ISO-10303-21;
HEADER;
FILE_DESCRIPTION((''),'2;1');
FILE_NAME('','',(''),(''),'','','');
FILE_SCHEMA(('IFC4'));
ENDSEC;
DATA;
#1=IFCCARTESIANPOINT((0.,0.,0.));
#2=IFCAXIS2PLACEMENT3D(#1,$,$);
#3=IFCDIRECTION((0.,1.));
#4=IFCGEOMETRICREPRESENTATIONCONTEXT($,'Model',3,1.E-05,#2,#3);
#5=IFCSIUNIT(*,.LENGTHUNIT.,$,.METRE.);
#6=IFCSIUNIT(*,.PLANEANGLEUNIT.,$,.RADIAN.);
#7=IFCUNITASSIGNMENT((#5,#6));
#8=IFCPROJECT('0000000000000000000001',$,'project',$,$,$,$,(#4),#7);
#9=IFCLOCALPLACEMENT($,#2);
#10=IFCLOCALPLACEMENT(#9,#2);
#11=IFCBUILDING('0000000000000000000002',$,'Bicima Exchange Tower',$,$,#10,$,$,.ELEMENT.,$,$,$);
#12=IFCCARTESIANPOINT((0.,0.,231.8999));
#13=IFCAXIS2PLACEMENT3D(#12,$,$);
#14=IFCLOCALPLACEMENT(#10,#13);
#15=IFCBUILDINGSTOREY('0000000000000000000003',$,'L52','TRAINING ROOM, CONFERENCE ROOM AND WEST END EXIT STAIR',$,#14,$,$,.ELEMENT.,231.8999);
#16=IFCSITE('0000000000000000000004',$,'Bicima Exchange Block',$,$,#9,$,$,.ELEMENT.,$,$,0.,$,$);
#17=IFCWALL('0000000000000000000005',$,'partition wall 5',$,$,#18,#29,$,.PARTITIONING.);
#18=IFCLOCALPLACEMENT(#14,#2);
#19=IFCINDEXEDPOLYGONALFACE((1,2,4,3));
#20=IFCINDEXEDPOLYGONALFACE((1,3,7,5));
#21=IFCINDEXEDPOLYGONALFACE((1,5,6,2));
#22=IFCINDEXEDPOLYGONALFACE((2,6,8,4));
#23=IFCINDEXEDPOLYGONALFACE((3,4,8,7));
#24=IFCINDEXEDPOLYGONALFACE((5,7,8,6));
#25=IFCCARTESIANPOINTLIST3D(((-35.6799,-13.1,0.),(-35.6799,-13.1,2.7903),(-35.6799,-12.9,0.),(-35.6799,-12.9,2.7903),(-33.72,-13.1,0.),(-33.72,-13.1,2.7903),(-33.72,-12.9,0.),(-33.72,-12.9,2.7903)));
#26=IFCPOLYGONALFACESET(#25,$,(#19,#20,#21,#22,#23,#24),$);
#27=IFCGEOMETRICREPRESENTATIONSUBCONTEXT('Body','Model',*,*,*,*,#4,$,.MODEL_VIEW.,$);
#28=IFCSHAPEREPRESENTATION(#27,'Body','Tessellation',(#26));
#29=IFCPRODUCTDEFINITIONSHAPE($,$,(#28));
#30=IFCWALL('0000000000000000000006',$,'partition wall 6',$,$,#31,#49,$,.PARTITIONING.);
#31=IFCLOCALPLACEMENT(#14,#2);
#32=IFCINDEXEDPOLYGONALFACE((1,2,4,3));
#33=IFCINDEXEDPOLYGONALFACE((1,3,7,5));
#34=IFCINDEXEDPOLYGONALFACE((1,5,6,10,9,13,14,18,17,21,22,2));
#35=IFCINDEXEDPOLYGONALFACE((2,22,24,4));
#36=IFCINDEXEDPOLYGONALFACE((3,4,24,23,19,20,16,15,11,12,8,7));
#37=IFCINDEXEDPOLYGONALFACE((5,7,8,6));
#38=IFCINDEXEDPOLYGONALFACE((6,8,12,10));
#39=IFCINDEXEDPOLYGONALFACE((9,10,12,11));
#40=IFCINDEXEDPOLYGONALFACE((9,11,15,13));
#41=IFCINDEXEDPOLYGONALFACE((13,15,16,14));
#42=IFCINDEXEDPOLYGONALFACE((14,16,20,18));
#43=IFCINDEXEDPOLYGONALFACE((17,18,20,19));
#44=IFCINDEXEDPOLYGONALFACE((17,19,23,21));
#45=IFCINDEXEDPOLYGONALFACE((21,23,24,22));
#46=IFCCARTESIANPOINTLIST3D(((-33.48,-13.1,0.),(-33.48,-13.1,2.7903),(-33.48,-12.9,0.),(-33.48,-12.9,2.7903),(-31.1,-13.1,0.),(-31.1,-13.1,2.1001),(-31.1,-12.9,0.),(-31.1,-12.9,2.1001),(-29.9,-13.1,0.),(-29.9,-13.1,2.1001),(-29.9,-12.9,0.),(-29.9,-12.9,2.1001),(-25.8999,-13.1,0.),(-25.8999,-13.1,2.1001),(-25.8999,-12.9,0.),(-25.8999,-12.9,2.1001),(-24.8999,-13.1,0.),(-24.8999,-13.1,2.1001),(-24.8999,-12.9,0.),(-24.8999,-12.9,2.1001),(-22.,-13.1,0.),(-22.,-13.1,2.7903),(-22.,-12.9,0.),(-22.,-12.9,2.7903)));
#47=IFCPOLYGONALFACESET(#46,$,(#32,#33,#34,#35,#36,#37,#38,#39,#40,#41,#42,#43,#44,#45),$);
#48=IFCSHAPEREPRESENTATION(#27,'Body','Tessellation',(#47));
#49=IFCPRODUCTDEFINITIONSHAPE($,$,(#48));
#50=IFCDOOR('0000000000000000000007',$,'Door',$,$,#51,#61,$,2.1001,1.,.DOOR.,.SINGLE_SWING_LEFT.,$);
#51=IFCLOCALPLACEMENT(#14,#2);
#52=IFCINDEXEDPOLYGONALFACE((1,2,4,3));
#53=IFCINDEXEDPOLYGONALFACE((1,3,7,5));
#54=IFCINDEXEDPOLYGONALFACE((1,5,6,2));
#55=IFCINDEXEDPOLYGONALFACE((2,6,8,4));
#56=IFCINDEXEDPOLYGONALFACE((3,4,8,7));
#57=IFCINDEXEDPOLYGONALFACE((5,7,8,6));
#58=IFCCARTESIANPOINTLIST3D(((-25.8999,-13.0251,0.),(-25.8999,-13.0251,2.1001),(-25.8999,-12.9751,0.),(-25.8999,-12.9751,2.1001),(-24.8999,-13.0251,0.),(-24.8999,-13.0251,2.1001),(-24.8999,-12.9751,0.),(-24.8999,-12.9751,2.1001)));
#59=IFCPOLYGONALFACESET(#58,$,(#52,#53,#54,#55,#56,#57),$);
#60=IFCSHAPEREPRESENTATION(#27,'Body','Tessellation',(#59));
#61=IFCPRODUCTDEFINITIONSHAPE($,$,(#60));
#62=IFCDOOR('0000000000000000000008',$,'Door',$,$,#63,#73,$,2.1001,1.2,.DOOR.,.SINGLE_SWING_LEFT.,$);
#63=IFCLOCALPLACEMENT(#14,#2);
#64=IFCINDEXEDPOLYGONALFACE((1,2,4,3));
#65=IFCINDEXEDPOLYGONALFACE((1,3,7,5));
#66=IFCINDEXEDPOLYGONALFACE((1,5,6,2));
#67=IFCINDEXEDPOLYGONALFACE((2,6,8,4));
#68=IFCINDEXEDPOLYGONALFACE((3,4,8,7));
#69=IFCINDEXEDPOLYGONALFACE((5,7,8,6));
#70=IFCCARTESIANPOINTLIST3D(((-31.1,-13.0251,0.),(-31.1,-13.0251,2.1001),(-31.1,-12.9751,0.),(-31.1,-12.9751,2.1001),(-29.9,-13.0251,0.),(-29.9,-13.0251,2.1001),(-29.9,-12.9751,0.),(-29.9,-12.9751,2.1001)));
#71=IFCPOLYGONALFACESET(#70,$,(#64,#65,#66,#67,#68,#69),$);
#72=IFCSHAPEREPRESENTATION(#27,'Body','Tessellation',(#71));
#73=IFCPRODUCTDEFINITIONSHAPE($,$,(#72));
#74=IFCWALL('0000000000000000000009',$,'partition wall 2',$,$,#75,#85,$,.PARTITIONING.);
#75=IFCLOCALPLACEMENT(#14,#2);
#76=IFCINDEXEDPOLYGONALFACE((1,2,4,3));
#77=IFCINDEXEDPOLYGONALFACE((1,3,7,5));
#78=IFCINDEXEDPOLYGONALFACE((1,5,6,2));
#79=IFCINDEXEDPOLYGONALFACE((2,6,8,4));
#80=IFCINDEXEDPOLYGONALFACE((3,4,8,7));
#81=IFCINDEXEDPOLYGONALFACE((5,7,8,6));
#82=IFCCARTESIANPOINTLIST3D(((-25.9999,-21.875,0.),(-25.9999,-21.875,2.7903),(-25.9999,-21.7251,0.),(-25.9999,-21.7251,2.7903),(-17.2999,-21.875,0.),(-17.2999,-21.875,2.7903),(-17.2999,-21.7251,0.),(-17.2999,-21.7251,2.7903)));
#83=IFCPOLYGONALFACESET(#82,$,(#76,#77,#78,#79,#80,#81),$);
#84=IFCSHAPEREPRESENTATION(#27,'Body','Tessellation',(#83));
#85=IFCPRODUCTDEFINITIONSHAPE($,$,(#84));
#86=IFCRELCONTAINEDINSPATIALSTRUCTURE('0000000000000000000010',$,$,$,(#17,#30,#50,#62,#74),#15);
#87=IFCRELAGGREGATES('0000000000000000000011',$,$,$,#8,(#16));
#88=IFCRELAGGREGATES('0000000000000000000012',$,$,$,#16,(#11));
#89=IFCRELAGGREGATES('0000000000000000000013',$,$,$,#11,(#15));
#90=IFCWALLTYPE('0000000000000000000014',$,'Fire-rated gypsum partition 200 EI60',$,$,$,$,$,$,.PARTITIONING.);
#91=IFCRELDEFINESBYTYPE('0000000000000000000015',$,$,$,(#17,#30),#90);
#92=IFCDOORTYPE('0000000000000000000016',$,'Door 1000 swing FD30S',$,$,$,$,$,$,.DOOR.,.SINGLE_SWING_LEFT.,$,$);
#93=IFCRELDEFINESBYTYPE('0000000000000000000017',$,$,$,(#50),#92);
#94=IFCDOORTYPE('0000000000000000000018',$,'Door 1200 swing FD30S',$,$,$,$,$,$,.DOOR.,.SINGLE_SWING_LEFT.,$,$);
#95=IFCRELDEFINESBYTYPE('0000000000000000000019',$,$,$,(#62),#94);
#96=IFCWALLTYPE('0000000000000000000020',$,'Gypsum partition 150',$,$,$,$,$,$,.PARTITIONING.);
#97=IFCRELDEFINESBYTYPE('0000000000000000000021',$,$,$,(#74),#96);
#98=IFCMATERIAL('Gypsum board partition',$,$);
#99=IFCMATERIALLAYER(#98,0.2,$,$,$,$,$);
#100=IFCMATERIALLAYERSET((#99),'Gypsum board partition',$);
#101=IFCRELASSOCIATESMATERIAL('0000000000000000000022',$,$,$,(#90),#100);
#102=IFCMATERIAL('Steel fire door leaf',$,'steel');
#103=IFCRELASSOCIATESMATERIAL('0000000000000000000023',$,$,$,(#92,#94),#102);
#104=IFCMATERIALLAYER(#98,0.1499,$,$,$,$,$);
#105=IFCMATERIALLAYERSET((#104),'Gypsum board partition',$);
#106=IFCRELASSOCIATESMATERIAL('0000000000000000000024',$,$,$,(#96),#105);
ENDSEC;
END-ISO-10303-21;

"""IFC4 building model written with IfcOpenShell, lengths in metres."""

from ifc_helpers import new_model, si_unit, direction, frame, frame_2d, origin, place, context, subcontext, project, spatial, rectangle, extrude, material, layer, layer_set, type_object, element, fill, save


model = new_model("IFC4")

# Units and contexts
model_context = context("Model", 3, precision=1e-05, world=origin(), true_north=direction((0.0, 1.0)))
body_context = subcontext(model_context, "Body", "Model", "MODEL_VIEW")
ifc_project = project(units=[si_unit("LENGTHUNIT", "METRE"), si_unit("PLANEANGLEUNIT", "RADIAN")], contexts=[model_context])

# Site, building, storey
site_placement = place(None, origin())
site = spatial("IfcSite", under=ifc_project, at=site_placement, Name="Bicima Exchange Block", CompositionType="ELEMENT", RefElevation=0.0)
building_placement = place(site_placement, origin())
building = spatial("IfcBuilding", under=site, at=building_placement, Name="Bicima Exchange Tower", CompositionType="ELEMENT")
storey_placement = place(building_placement, frame((0.0, 0.0, 231.8999)))
storey = spatial("IfcBuildingStorey", under=building, at=storey_placement, Name="L52", Description="TRAINING ROOM, CONFERENCE ROOM AND WEST END EXIT STAIR", CompositionType="ELEMENT", Elevation=231.8999)

# Shared definitions
ifc_material_1 = material(Name="Gypsum board partition")
ifc_layer_1 = layer(ifc_material_1, 0.2)
ifc_layer_set_1 = layer_set([ifc_layer_1], Name="Gypsum board partition")
wall_type_1 = type_object("IfcWallType", Name="Fire-rated gypsum partition 200 EI60", PredefinedType="PARTITIONING", material=ifc_layer_set_1)
ifc_material_2 = material(Name="Steel fire door leaf", Category="steel")
door_type_1 = type_object("IfcDoorType", Name="Door 1000 swing FD30S", OperationType="SINGLE_SWING_LEFT", PredefinedType="DOOR", material=ifc_material_2)

# Wall
wall_1_placement = place(storey_placement, frame((-35.6799, -13.0, 0.0), z_axis=(0.0, 0.0, 1.0), x_axis=(1.0, 0.0, 0.0)))
element("IfcWall", 1, at=wall_1_placement, inside=storey, type_object=wall_type_1, Name="partition wall 5", PredefinedType="PARTITIONING", context=body_context, shape_type="SweptSolid", body=[
    extrude(rectangle(XDim=1.96, YDim=0.2, at=frame_2d((0.98, 0.0))), origin(), (0.0, 0.0, 1.0), 2.7903),
])

# Wall, openings, doors
wall_2_placement = place(storey_placement, frame((-33.48, -13.0, 0.0), z_axis=(0.0, 0.0, 1.0), x_axis=(1.0, 0.0, 0.0)))
wall_2 = element("IfcWall", 2, at=wall_2_placement, inside=storey, type_object=wall_type_1, Name="partition wall 6", PredefinedType="PARTITIONING", context=body_context, shape_type="SweptSolid", body=[
    extrude(rectangle(XDim=11.48, YDim=0.2, at=frame_2d((5.74, 0.0))), origin(), (0.0, 0.0, 1.0), 2.7903),
])
opening_1_placement = place(wall_2_placement, frame((2.3799, 0.0, 0.0)))
opening_1 = element("IfcOpeningElement", 3, at=opening_1_placement, cuts=wall_2, PredefinedType="OPENING", context=body_context, shape_type="SweptSolid", body=[
    extrude(rectangle(XDim=1.2, YDim=2.1001, at=frame_2d((0.6001, 1.05))), frame((0.0, 0.1118, 0.0), z_axis=(0.0, -1.0, 0.0), x_axis=(1.0, 0.0, 0.0)), (0.0, 0.0, 1.0), 0.2239),
])
opening_2_placement = place(wall_2_placement, frame((7.5801, 0.0, 0.0)))
opening_2 = element("IfcOpeningElement", 4, at=opening_2_placement, cuts=wall_2, PredefinedType="OPENING", context=body_context, shape_type="SweptSolid", body=[
    extrude(rectangle(XDim=1.0, YDim=2.1001, at=frame_2d((0.5, 1.05))), frame((0.0, 0.1118, 0.0), z_axis=(0.0, -1.0, 0.0), x_axis=(1.0, 0.0, 0.0)), (0.0, 0.0, 1.0), 0.2239),
])
door_1_placement = place(opening_2_placement, origin())
door_1 = element("IfcDoor", 5, at=door_1_placement, inside=storey, type_object=door_type_1, Name="Door", OperationType="SINGLE_SWING_LEFT", OverallHeight=2.1001, OverallWidth=1.0, PredefinedType="DOOR", context=body_context, shape_type="SweptSolid", body=[
    extrude(rectangle(XDim=1.0, YDim=2.1001, at=frame_2d((0.5, 1.05))), frame((0.0, 0.0249, 0.0), z_axis=(0.0, -1.0, 0.0), x_axis=(1.0, 0.0, 0.0)), (0.0, 0.0, 1.0), 0.05),
])
fill(opening_2, door_1)
door_type_2 = type_object("IfcDoorType", Name="Door 1200 swing FD30S", OperationType="SINGLE_SWING_LEFT", PredefinedType="DOOR", material=ifc_material_2)
door_2_placement = place(opening_1_placement, origin())
door_2 = element("IfcDoor", 6, at=door_2_placement, inside=storey, type_object=door_type_2, Name="Door", OperationType="SINGLE_SWING_LEFT", OverallHeight=2.1001, OverallWidth=1.2, PredefinedType="DOOR", context=body_context, shape_type="SweptSolid", body=[
    extrude(rectangle(XDim=1.2, YDim=2.1001, at=frame_2d((0.6001, 1.05))), frame((0.0, 0.0249, 0.0), z_axis=(0.0, -1.0, 0.0), x_axis=(1.0, 0.0, 0.0)), (0.0, 0.0, 1.0), 0.05),
])
fill(opening_1, door_2)

# Wall
ifc_layer_2 = layer(ifc_material_1, 0.1499)
ifc_layer_set_2 = layer_set([ifc_layer_2], Name="Gypsum board partition")
wall_type_2 = type_object("IfcWallType", Name="Gypsum partition 150", PredefinedType="PARTITIONING", material=ifc_layer_set_2)
wall_3_placement = place(storey_placement, frame((-26.0, -21.8, 0.0), z_axis=(0.0, 0.0, 1.0), x_axis=(1.0, 0.0, 0.0)))
element("IfcWall", 7, at=wall_3_placement, inside=storey, type_object=wall_type_2, Name="partition wall 2", PredefinedType="PARTITIONING", context=body_context, shape_type="SweptSolid", body=[
    extrude(rectangle(XDim=8.7, YDim=0.1499, at=frame_2d((4.3501, 0.0))), origin(), (0.0, 0.0, 1.0), 2.7903),
])

save(model, "model.ifc")
